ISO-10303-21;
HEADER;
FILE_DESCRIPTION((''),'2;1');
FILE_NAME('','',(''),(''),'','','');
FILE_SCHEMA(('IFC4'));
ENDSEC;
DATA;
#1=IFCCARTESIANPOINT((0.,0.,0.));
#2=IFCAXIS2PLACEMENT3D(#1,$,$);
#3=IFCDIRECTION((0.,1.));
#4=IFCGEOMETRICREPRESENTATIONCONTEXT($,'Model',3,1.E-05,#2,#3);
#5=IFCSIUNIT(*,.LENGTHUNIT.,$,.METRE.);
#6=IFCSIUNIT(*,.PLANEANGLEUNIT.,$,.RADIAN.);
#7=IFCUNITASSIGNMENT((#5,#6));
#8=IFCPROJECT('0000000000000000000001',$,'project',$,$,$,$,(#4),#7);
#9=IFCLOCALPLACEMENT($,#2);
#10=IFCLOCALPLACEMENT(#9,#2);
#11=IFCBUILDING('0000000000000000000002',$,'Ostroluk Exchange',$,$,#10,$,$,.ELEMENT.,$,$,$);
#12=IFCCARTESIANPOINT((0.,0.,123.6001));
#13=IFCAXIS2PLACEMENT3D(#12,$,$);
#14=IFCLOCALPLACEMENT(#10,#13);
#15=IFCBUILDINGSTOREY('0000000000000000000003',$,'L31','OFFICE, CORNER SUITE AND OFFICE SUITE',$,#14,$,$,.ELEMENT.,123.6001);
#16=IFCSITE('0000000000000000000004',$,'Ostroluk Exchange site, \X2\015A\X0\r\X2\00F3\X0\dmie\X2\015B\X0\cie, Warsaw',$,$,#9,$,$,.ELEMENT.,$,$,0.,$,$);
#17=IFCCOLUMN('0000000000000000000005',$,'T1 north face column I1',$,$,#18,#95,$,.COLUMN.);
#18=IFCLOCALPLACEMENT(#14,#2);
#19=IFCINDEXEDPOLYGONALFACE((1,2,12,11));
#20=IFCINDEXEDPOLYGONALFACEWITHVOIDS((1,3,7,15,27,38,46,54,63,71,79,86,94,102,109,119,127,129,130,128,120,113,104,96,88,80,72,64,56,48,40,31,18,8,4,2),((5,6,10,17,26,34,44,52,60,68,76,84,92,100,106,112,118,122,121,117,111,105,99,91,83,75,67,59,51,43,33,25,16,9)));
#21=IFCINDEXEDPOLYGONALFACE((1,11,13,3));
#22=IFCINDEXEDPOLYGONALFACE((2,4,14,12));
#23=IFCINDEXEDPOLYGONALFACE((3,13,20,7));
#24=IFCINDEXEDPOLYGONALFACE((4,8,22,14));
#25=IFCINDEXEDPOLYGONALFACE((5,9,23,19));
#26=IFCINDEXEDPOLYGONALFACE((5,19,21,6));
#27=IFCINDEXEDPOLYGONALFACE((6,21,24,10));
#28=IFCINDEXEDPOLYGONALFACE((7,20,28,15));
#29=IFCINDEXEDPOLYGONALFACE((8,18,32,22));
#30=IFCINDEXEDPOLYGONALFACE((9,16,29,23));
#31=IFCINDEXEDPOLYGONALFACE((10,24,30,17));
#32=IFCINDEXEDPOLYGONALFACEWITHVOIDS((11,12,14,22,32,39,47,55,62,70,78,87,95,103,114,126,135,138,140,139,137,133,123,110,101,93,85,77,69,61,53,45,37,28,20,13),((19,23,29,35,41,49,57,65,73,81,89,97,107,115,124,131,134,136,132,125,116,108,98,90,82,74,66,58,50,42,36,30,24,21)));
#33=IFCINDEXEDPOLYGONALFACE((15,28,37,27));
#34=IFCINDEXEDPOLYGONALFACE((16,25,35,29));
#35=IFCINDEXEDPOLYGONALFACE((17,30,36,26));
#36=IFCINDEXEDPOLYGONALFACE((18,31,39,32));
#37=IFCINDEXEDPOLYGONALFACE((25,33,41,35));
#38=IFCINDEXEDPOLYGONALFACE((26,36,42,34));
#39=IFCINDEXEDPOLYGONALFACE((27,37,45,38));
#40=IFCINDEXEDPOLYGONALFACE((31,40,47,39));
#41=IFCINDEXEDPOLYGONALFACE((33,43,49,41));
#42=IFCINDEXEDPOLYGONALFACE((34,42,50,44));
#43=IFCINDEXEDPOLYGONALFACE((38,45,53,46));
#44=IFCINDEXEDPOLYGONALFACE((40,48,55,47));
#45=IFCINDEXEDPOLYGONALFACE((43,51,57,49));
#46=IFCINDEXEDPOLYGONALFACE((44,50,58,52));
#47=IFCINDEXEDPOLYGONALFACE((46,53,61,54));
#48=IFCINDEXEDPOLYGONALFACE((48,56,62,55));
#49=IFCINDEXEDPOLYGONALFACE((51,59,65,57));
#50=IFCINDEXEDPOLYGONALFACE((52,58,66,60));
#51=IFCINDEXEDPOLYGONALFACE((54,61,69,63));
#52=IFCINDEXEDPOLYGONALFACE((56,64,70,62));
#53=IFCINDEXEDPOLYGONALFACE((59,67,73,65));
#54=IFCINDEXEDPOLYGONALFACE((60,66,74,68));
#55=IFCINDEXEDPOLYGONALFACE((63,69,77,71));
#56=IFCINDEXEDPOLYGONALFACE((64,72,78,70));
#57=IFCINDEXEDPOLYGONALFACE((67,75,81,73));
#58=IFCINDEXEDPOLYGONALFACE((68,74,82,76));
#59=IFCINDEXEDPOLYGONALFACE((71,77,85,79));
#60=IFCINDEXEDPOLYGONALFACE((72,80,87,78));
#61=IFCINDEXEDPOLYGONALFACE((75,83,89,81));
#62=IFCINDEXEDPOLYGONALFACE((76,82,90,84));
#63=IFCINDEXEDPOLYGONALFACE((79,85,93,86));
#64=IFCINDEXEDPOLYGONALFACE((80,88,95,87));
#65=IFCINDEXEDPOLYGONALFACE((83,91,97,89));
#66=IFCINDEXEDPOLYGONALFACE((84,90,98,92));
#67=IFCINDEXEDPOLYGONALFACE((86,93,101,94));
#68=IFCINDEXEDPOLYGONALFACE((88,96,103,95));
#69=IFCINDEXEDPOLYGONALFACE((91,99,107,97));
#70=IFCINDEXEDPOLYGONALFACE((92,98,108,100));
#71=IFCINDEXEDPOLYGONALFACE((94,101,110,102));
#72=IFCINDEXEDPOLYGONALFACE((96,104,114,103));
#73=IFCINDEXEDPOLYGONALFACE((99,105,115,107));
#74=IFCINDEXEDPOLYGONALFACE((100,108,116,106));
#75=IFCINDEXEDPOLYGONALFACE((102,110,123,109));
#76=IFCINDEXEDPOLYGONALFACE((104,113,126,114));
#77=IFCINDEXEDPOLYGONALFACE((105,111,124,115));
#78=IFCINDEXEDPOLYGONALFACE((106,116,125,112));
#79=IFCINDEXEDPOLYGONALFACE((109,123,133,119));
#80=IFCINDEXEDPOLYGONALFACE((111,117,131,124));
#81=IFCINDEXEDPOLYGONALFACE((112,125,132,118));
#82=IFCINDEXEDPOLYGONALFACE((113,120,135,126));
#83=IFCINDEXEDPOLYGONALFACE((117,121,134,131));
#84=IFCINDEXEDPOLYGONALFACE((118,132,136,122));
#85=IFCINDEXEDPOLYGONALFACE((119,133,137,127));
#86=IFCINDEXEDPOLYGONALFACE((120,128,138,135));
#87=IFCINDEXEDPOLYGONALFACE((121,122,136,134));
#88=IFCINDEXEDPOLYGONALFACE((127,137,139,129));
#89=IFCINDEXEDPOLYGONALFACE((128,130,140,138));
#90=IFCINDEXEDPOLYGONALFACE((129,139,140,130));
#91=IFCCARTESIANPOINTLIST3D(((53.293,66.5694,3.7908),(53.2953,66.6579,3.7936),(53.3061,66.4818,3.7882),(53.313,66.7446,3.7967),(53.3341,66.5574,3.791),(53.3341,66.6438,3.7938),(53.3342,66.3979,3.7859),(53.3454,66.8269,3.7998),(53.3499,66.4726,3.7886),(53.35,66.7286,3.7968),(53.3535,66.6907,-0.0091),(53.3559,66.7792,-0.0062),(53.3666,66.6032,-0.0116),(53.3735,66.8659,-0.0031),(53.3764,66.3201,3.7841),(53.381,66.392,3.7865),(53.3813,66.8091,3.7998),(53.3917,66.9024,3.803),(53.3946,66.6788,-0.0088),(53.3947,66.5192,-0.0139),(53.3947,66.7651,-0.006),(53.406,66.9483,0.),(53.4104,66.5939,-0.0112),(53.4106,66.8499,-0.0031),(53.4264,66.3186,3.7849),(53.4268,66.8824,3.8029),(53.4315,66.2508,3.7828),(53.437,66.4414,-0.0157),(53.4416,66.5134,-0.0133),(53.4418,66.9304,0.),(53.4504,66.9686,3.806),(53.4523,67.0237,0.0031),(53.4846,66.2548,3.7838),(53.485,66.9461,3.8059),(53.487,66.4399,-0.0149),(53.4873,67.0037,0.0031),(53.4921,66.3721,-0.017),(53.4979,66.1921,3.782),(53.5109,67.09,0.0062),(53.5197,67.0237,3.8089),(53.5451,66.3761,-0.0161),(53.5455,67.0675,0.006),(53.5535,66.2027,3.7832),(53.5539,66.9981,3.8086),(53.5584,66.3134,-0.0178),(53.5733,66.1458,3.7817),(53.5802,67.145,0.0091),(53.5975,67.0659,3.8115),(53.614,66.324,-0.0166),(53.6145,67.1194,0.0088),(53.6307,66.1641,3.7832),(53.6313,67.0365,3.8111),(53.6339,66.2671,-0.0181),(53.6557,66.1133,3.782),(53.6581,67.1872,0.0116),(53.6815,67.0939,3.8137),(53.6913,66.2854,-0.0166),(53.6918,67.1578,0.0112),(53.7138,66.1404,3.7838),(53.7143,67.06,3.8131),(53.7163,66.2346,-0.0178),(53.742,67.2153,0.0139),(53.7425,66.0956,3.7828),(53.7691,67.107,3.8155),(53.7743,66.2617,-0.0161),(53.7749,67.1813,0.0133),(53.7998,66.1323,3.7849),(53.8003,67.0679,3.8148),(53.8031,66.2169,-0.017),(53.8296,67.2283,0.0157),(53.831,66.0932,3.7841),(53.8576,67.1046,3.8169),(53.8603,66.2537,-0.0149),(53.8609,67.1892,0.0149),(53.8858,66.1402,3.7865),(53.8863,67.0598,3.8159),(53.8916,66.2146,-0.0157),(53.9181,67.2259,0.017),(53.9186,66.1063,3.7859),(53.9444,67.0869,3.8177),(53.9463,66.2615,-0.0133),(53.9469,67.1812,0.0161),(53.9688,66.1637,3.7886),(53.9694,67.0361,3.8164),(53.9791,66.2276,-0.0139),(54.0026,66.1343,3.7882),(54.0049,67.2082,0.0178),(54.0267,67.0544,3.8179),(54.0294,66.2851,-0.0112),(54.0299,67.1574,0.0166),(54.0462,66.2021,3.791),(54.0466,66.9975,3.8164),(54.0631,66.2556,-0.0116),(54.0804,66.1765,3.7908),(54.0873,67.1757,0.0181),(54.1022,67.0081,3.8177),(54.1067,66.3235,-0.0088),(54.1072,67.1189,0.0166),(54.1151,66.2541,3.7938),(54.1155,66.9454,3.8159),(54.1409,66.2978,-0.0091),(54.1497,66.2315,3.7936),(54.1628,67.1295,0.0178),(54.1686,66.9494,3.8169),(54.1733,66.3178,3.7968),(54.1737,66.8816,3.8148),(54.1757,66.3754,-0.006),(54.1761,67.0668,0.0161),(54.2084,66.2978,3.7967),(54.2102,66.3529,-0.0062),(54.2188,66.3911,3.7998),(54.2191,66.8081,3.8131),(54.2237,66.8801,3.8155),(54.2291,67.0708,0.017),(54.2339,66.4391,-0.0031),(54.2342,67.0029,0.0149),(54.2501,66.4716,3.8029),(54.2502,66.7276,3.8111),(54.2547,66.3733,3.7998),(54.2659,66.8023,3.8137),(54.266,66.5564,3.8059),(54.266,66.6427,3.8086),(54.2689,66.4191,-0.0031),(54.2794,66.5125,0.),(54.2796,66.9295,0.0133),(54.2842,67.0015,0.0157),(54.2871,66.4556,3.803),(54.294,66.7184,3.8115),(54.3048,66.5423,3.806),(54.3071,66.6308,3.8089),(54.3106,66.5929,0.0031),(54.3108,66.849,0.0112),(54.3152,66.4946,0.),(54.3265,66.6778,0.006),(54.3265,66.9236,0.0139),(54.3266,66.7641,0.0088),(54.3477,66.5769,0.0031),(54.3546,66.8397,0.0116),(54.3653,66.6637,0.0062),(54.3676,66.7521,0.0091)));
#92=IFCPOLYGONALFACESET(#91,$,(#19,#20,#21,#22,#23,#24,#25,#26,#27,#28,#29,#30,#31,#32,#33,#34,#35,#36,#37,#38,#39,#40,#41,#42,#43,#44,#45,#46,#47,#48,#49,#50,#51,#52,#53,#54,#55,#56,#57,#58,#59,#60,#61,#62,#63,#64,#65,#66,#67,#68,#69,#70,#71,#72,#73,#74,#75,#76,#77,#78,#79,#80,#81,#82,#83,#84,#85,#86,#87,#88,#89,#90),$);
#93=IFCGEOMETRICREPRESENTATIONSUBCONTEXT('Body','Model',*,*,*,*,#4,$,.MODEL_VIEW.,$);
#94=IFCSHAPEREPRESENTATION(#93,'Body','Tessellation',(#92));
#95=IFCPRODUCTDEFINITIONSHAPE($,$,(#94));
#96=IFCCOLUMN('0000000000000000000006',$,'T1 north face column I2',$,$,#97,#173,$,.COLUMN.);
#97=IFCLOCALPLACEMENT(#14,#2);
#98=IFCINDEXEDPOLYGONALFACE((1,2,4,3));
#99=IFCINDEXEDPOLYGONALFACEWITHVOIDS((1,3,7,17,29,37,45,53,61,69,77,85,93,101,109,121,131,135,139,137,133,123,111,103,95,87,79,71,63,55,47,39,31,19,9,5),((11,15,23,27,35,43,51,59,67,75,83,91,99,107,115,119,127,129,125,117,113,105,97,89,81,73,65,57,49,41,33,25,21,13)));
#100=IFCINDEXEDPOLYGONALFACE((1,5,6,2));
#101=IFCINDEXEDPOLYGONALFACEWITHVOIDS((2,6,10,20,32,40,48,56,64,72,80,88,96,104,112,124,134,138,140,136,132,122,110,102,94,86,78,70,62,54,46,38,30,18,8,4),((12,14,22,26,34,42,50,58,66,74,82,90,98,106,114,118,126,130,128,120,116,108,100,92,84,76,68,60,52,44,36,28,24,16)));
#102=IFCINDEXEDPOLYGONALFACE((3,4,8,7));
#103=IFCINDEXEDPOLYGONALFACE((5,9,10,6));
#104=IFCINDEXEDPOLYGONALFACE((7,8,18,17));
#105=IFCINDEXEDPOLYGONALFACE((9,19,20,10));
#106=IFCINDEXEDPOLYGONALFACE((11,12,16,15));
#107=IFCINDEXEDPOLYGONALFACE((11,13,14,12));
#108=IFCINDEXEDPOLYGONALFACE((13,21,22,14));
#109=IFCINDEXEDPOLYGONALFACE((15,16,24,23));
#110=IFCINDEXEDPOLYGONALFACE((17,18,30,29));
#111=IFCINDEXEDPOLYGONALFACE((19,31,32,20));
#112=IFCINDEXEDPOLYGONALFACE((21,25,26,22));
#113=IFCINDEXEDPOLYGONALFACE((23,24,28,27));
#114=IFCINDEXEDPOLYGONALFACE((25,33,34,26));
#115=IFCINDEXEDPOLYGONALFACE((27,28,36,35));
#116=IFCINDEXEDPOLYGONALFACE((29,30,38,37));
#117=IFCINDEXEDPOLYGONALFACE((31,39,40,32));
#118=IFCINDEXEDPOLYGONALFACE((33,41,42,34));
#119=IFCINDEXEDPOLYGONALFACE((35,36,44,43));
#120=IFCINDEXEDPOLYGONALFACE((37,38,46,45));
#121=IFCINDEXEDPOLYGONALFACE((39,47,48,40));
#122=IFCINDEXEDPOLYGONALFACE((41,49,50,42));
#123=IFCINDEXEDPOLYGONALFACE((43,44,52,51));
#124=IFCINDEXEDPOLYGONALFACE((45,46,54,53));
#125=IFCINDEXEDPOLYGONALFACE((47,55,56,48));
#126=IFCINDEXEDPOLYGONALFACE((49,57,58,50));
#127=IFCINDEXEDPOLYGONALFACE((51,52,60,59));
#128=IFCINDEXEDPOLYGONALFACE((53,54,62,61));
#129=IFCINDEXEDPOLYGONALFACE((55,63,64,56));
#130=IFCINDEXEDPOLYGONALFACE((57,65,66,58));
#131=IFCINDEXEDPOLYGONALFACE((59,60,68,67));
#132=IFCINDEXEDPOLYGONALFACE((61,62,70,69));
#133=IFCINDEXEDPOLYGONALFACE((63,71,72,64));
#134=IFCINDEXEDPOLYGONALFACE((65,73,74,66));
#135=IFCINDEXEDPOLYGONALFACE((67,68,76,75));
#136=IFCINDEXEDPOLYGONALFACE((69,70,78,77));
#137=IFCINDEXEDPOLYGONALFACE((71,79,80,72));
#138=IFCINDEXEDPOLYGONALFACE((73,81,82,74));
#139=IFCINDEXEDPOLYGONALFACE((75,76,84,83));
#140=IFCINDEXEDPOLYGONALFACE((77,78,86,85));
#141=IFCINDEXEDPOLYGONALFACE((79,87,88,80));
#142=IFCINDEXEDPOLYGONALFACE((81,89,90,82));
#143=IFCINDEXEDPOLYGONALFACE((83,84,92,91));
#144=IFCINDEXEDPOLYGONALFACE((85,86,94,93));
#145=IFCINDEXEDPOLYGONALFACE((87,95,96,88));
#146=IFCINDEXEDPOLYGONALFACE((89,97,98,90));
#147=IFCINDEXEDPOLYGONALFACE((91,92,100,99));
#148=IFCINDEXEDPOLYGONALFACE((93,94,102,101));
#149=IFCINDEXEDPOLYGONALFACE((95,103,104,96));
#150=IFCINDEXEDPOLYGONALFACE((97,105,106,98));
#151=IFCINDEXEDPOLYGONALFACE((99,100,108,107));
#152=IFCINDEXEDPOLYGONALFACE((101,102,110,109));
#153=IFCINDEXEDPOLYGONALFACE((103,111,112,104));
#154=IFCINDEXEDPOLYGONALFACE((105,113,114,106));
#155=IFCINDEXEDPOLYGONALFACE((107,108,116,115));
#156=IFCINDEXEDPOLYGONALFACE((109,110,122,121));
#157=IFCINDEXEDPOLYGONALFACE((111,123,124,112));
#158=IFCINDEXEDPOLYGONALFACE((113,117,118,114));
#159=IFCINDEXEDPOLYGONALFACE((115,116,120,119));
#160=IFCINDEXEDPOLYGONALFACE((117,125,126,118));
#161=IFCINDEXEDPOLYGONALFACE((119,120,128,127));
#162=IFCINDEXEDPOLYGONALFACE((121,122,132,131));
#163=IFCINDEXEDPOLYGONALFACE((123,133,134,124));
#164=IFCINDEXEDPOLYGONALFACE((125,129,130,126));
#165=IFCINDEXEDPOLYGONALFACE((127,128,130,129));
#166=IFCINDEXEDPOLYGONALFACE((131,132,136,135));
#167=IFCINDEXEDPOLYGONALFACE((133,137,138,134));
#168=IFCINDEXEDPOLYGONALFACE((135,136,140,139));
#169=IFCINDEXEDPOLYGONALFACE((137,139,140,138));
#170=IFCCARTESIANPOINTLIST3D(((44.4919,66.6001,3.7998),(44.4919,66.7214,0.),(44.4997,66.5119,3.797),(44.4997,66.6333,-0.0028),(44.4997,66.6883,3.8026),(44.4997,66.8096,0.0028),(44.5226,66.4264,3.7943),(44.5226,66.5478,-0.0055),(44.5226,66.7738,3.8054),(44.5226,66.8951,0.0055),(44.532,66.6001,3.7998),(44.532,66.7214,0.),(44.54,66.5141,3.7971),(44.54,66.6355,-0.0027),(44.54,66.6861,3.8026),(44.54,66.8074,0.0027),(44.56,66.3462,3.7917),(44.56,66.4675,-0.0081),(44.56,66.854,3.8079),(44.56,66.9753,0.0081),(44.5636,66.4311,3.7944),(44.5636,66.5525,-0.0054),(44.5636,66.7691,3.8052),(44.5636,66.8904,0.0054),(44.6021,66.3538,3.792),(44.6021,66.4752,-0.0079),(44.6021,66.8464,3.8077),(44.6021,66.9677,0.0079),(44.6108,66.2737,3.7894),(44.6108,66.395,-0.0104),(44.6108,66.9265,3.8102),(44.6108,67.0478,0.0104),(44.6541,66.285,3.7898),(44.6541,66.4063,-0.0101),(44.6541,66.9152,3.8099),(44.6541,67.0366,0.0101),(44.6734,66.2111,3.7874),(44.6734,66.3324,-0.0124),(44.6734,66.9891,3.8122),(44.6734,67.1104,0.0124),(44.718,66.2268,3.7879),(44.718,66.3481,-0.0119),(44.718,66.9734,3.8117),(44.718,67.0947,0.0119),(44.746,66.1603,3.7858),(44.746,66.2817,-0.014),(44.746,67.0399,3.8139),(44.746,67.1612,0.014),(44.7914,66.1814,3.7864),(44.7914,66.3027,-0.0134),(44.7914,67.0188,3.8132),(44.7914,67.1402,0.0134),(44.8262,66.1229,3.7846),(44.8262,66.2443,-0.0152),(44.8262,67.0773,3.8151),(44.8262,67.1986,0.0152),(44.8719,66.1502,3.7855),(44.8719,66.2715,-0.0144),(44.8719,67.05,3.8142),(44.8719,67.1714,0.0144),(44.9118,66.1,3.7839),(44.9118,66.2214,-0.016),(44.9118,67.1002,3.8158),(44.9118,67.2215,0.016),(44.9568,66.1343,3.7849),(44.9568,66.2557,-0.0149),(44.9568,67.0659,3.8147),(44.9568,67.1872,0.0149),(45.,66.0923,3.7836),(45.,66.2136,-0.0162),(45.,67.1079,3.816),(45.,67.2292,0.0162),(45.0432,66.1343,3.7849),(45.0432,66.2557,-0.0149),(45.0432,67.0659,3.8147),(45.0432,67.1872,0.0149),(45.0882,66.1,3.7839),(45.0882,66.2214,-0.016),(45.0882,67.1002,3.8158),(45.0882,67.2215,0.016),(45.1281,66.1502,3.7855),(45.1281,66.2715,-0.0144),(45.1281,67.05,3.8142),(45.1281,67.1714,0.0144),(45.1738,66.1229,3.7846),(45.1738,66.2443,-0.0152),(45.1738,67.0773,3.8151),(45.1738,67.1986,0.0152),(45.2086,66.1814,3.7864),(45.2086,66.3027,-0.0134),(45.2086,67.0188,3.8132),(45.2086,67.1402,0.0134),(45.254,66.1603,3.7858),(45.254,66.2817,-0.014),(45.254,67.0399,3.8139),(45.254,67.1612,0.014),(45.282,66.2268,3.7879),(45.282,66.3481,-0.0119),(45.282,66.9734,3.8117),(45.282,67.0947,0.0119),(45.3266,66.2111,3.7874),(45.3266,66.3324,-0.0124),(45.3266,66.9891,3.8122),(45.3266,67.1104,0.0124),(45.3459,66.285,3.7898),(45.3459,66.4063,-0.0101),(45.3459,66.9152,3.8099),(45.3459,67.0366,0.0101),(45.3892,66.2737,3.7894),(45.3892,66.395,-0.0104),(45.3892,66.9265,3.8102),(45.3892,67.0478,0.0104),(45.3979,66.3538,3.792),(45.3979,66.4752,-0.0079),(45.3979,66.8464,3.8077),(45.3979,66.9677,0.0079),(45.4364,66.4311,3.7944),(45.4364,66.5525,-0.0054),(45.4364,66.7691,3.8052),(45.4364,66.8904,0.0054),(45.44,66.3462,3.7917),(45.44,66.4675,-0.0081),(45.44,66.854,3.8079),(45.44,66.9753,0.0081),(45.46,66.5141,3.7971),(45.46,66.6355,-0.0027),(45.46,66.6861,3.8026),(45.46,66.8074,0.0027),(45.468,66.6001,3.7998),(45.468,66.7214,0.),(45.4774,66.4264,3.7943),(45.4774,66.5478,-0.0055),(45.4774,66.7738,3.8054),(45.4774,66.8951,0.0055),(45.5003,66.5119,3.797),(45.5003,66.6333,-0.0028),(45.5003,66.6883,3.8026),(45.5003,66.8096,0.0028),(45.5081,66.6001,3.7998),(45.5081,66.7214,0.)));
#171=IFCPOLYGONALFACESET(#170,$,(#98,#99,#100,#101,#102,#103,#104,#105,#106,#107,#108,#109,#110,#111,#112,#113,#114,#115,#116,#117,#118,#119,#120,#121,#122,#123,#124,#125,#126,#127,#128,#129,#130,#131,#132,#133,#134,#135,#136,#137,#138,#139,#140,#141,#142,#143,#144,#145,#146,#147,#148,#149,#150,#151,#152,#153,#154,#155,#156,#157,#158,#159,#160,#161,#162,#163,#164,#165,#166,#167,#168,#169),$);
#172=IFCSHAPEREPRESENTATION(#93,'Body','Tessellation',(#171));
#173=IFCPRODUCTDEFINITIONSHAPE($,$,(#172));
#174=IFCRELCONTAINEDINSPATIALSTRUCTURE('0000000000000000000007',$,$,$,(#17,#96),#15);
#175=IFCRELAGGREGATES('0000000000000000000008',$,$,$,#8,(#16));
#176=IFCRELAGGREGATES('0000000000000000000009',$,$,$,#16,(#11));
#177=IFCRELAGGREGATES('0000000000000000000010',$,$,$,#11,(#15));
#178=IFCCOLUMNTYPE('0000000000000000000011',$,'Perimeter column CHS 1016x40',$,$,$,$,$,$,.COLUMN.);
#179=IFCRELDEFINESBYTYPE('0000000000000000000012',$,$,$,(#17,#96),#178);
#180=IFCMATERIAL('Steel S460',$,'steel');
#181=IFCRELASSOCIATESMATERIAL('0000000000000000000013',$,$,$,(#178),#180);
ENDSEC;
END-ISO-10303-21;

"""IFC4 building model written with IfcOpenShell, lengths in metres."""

from ifc_helpers import new_model, si_unit, direction, frame, origin, origin_2d, place, context, subcontext, project, spatial, hollow_circle, extrude, material, material_profile, profile_set, type_object, element, save


model = new_model("IFC4")

# Units and contexts
model_context = context("Model", 3, precision=1e-05, world=origin(), true_north=direction((0.0, 1.0)))
body_context = subcontext(model_context, "Body", "Model", "MODEL_VIEW")
ifc_project = project(units=[si_unit("LENGTHUNIT", "METRE"), si_unit("PLANEANGLEUNIT", "RADIAN")], contexts=[model_context])

# Site, building, storey
site_placement = place(None, origin())
site = spatial("IfcSite", under=ifc_project, at=site_placement, Name="Ostroluk Exchange site, Śródmieście, Warsaw", CompositionType="ELEMENT", RefElevation=0.0)
building_placement = place(site_placement, origin())
building = spatial("IfcBuilding", under=site, at=building_placement, Name="Ostroluk Exchange", CompositionType="ELEMENT")
storey_placement = place(building_placement, frame((0.0, 0.0, 123.6001)))
storey = spatial("IfcBuildingStorey", under=building, at=storey_placement, Name="L31", Description="OFFICE, CORNER SUITE AND OFFICE SUITE", CompositionType="ELEMENT", Elevation=123.6001)

# Columns
ifc_material_1 = material(Name="Steel S460", Category="steel")
ifc_material_profile_1 = material_profile(ifc_material_1, hollow_circle(Radius=0.5081, WallThickness=0.04, at=origin_2d()), Name="CHS 1016x40")
ifc_profile_set_1 = profile_set([ifc_material_profile_1], Name="Steel S460")
column_type = type_object("IfcColumnType", Name="Perimeter column CHS 1016x40", PredefinedType="COLUMN", material=ifc_profile_set_1)
column_1_placement = place(storey_placement, frame((53.8606, 66.7214, 0.0), z_axis=(-0.015924, -0.031912, 0.999364), x_axis=(0.894787, -0.446493, 0.0)))
element("IfcColumn", 1, at=column_1_placement, inside=storey, type_object=column_type, Name="T1 north face column I1", PredefinedType="COLUMN", context=body_context, shape_type="SweptSolid", body=[
    extrude(hollow_circle(Radius=0.5081, WallThickness=0.04, at=origin_2d()), origin(), (0.0, 0.0, 1.0), 3.8022),
])
column_2_placement = place(storey_placement, frame((45.0, 66.7214, 0.0), z_axis=(0.0, -0.031916, 0.999491), x_axis=(1.0, 0.0, 0.0)))
element("IfcColumn", 2, at=column_2_placement, inside=storey, type_object=column_type, Name="T1 north face column I2", PredefinedType="COLUMN", context=body_context, shape_type="SweptSolid", body=[
    extrude(hollow_circle(Radius=0.5081, WallThickness=0.04, at=origin_2d()), origin(), (0.0, 0.0, 1.0), 3.8018),
])

save(model, "model.ifc")
